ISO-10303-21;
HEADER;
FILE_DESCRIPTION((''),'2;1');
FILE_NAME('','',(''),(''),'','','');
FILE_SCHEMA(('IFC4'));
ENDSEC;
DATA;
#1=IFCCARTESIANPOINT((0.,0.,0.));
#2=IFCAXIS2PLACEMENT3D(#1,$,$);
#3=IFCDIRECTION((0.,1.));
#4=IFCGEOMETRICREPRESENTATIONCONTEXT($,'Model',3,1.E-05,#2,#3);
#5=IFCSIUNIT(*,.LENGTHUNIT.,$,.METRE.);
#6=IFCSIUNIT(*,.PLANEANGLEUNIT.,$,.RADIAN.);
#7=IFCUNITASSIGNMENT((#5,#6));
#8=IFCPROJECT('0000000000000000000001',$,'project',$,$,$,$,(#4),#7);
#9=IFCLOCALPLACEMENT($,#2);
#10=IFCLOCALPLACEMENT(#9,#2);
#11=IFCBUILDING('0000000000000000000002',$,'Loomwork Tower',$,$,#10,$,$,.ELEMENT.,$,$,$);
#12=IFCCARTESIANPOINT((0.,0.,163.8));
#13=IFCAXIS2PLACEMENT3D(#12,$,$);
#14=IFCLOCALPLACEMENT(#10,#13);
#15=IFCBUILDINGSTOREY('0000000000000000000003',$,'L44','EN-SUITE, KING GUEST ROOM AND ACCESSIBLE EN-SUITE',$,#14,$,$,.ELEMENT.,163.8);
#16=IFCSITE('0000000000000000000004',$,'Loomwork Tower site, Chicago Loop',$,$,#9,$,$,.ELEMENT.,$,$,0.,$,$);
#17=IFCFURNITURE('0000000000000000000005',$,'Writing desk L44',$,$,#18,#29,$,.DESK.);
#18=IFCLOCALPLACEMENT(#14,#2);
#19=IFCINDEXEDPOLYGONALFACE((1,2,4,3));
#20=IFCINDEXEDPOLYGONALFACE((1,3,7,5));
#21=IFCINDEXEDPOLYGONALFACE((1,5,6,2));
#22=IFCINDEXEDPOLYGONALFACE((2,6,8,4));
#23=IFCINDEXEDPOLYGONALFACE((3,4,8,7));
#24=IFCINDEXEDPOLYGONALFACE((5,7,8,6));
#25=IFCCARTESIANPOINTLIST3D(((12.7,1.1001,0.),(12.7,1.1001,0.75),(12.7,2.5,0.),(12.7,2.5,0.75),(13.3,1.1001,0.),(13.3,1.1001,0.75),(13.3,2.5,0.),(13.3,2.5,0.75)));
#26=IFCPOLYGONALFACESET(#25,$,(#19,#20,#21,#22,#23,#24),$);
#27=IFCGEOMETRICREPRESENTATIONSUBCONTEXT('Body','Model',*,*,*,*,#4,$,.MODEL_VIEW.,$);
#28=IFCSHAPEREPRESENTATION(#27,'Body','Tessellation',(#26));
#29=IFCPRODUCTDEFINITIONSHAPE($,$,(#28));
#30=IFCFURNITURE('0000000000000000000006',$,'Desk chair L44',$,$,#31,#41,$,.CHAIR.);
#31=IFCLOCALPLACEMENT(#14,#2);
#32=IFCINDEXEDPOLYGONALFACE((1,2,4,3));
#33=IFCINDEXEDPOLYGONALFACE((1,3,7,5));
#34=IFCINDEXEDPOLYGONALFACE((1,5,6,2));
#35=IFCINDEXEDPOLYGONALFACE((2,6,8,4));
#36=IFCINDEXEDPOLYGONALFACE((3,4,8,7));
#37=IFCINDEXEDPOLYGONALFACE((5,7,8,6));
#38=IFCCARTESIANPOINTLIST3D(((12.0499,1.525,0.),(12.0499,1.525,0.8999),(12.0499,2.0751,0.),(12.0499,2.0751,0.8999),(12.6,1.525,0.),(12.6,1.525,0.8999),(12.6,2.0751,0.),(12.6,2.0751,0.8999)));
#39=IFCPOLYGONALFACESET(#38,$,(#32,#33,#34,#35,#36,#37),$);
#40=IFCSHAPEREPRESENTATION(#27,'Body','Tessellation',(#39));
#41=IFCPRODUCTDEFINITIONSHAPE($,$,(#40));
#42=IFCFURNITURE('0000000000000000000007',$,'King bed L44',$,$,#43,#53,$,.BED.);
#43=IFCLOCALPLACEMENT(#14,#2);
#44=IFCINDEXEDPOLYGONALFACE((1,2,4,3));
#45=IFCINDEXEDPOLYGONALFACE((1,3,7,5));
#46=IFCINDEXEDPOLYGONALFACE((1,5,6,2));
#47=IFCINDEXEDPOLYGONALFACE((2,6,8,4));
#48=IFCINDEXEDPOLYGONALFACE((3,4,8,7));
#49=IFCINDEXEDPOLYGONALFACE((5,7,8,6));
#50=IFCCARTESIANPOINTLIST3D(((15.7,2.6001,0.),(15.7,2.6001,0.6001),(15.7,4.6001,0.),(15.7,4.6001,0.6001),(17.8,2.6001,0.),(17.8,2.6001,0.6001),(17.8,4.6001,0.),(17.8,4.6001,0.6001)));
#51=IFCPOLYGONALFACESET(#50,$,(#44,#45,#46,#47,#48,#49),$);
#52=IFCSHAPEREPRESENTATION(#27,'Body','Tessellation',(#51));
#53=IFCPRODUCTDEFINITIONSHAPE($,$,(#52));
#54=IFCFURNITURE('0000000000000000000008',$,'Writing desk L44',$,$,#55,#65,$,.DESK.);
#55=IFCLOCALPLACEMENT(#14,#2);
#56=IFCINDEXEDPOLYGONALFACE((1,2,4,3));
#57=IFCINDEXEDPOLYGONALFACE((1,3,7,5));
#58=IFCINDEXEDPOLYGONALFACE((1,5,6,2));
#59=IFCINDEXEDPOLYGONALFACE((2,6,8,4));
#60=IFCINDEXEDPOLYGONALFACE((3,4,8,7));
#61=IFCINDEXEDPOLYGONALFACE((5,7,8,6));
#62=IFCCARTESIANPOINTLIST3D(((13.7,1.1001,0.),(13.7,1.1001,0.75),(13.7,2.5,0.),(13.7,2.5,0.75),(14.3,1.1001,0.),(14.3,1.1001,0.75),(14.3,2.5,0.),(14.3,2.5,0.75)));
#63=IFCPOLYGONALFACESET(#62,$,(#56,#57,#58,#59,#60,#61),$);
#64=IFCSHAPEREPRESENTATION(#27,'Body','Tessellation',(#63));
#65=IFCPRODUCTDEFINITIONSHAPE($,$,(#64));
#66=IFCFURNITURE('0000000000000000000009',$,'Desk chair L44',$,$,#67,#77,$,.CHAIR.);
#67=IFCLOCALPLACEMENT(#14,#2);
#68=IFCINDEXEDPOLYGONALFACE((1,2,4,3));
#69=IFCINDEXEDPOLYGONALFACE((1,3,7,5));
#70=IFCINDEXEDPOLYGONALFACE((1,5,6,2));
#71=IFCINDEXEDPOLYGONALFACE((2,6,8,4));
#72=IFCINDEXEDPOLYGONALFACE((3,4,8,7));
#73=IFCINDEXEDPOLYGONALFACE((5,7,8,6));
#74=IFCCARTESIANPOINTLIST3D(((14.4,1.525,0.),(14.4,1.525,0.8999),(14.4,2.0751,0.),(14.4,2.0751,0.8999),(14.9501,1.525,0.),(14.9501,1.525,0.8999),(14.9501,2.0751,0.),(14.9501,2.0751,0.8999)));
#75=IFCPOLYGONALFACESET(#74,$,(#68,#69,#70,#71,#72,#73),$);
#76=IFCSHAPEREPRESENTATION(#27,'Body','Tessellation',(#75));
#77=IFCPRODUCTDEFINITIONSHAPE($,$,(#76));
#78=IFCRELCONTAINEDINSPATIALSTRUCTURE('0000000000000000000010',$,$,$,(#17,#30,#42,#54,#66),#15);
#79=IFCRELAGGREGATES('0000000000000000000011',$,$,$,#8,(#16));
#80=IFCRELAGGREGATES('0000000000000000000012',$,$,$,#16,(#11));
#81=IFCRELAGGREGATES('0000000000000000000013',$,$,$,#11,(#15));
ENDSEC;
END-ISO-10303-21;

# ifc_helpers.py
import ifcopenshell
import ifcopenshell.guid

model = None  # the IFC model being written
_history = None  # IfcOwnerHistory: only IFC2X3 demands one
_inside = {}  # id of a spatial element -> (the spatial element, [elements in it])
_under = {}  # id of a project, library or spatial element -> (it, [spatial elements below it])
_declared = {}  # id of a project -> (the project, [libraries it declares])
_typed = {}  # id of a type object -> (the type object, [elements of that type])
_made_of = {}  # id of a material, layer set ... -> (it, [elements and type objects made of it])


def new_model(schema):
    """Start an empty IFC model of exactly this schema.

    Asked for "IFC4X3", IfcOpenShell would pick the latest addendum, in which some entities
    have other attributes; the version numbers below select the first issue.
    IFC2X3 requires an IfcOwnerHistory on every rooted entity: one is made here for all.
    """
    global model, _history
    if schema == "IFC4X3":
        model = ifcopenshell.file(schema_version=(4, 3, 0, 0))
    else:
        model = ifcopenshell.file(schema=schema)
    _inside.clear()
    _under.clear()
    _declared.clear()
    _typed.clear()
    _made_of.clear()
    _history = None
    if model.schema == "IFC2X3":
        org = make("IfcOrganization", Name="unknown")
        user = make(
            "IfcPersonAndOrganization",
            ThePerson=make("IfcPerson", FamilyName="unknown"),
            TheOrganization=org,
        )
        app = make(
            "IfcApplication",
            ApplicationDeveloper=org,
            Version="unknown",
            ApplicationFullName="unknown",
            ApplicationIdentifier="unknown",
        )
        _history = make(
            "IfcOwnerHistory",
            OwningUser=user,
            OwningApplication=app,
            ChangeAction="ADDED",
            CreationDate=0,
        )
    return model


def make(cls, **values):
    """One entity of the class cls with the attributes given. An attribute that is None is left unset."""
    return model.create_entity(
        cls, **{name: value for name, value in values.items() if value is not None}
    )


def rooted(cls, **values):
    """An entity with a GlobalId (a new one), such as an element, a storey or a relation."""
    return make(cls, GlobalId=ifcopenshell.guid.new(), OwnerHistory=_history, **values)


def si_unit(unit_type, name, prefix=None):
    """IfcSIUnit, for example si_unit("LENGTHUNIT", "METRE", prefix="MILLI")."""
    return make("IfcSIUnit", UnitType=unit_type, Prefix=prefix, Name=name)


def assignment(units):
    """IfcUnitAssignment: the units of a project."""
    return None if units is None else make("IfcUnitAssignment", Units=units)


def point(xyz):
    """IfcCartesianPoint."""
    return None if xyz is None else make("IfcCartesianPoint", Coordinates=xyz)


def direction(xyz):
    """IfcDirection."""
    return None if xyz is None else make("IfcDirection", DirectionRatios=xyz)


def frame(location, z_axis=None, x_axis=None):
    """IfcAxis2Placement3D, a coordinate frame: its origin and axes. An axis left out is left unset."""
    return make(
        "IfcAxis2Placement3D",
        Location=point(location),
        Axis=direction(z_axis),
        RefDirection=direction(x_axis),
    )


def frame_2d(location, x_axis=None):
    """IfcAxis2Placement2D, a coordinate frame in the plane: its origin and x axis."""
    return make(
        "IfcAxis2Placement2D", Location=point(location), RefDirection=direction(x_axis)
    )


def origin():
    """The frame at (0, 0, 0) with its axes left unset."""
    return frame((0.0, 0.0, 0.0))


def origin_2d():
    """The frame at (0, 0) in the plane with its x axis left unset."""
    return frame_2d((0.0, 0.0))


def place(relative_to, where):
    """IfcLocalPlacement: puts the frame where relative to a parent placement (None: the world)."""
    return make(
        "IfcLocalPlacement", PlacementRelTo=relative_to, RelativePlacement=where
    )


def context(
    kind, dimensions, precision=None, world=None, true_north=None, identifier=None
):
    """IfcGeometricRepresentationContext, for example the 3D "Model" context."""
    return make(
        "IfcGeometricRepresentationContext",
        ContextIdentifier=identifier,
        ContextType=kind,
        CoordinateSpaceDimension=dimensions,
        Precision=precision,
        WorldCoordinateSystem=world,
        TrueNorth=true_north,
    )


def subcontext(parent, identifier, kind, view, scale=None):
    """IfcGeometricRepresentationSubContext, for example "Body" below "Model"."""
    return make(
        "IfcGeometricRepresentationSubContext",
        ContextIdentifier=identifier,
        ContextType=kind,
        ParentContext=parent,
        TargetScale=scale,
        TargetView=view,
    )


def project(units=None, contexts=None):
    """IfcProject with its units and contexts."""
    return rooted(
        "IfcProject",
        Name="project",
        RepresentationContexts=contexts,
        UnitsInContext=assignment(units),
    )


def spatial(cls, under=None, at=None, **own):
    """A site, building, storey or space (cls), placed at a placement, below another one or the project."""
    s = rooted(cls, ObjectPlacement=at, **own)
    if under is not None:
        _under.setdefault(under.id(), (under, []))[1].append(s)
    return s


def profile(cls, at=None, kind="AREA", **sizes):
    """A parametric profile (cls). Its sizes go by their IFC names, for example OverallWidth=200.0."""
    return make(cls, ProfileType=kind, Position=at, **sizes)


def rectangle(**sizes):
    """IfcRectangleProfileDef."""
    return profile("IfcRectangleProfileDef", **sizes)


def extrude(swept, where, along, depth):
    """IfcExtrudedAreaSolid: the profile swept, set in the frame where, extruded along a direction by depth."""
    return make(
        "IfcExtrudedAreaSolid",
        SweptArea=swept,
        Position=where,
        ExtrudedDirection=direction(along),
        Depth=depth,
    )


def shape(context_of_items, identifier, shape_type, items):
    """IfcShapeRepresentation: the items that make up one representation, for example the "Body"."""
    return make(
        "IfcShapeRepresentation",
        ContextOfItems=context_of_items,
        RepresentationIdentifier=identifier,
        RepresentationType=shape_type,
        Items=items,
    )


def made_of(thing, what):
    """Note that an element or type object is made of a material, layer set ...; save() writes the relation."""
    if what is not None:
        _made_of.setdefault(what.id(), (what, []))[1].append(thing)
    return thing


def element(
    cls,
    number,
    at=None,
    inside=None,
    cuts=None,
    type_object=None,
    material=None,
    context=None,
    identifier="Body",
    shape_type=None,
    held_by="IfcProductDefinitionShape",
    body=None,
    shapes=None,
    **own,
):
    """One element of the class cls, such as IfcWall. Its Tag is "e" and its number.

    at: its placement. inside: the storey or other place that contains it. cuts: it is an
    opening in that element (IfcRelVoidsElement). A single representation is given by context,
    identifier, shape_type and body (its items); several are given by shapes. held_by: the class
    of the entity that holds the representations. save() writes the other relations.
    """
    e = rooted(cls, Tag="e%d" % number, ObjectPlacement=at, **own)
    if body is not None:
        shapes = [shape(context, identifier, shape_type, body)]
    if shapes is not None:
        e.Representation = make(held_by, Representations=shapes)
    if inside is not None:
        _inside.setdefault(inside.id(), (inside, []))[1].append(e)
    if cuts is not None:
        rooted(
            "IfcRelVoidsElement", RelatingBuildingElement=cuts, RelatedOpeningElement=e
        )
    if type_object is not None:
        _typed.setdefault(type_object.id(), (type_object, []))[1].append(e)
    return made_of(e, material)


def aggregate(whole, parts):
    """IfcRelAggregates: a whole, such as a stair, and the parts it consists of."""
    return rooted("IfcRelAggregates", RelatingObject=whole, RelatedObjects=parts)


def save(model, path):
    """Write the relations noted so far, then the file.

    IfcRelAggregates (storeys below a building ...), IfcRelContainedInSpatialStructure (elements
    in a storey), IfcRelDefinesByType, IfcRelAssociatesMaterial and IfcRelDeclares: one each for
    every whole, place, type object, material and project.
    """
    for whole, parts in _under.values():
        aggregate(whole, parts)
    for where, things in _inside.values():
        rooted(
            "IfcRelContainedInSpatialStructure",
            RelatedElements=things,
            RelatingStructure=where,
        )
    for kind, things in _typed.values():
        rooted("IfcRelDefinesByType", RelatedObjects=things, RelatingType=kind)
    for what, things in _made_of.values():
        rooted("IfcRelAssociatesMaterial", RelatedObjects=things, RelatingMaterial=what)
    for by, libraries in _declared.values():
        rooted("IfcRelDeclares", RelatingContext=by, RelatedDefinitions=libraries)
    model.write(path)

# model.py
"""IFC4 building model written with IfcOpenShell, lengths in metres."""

from ifc_helpers import new_model, si_unit, direction, frame, origin, origin_2d, place, context, subcontext, project, spatial, rectangle, extrude, element, save


model = new_model("IFC4")

# Units and contexts
model_context = context("Model", 3, precision=1e-05, world=origin(), true_north=direction((0.0, 1.0)))
body_context = subcontext(model_context, "Body", "Model", "MODEL_VIEW")
ifc_project = project(units=[si_unit("LENGTHUNIT", "METRE"), si_unit("PLANEANGLEUNIT", "RADIAN")], contexts=[model_context])

# Site, building, storey
site_placement = place(None, origin())
site = spatial("IfcSite", under=ifc_project, at=site_placement, Name="Loomwork Tower site, Chicago Loop", CompositionType="ELEMENT", RefElevation=0.0)
building_placement = place(site_placement, origin())
building = spatial("IfcBuilding", under=site, at=building_placement, Name="Loomwork Tower", CompositionType="ELEMENT")
storey_placement = place(building_placement, frame((0.0, 0.0, 163.8)))
storey = spatial("IfcBuildingStorey", under=building, at=storey_placement, Name="L44", Description="EN-SUITE, KING GUEST ROOM AND ACCESSIBLE EN-SUITE", CompositionType="ELEMENT", Elevation=163.8)

# Furniture
furniture_1_placement = place(storey_placement, frame((13.0, 1.8, 0.0), z_axis=(0.0, 0.0, 1.0), x_axis=(1.0, 0.0, 0.0)))
element("IfcFurniture", 1, at=furniture_1_placement, inside=storey, Name="Writing desk L44", PredefinedType="DESK", context=body_context, shape_type="SweptSolid", body=[
    extrude(rectangle(XDim=0.6001, YDim=1.3999, at=origin_2d()), origin(), (0.0, 0.0, 1.0), 0.75),
])
furniture_2_placement = place(storey_placement, frame((12.325, 1.8, 0.0), z_axis=(0.0, 0.0, 1.0), x_axis=(1.0, 0.0, 0.0)))
element("IfcFurniture", 2, at=furniture_2_placement, inside=storey, Name="Desk chair L44", PredefinedType="CHAIR", context=body_context, shape_type="SweptSolid", body=[
    extrude(rectangle(XDim=0.55, YDim=0.55, at=origin_2d()), origin(), (0.0, 0.0, 1.0), 0.8999),
])
furniture_3_placement = place(storey_placement, frame((16.75, 3.6001, 0.0), z_axis=(0.0, 0.0, 1.0), x_axis=(1.0, 0.0, 0.0)))
element("IfcFurniture", 3, at=furniture_3_placement, inside=storey, Name="King bed L44", PredefinedType="BED", context=body_context, shape_type="SweptSolid", body=[
    extrude(rectangle(XDim=2.1001, YDim=2.0, at=origin_2d()), origin(), (0.0, 0.0, 1.0), 0.6001),
])
furniture_4_placement = place(storey_placement, frame((14.0, 1.8, 0.0), z_axis=(0.0, 0.0, 1.0), x_axis=(1.0, 0.0, 0.0)))
element("IfcFurniture", 4, at=furniture_4_placement, inside=storey, Name="Writing desk L44", PredefinedType="DESK", context=body_context, shape_type="SweptSolid", body=[
    extrude(rectangle(XDim=0.6001, YDim=1.3999, at=origin_2d()), origin(), (0.0, 0.0, 1.0), 0.75),
])
furniture_5_placement = place(storey_placement, frame((14.675, 1.8, 0.0), z_axis=(0.0, 0.0, 1.0), x_axis=(1.0, 0.0, 0.0)))
element("IfcFurniture", 5, at=furniture_5_placement, inside=storey, Name="Desk chair L44", PredefinedType="CHAIR", context=body_context, shape_type="SweptSolid", body=[
    extrude(rectangle(XDim=0.55, YDim=0.55, at=origin_2d()), origin(), (0.0, 0.0, 1.0), 0.8999),
])

save(model, "model.ifc")
